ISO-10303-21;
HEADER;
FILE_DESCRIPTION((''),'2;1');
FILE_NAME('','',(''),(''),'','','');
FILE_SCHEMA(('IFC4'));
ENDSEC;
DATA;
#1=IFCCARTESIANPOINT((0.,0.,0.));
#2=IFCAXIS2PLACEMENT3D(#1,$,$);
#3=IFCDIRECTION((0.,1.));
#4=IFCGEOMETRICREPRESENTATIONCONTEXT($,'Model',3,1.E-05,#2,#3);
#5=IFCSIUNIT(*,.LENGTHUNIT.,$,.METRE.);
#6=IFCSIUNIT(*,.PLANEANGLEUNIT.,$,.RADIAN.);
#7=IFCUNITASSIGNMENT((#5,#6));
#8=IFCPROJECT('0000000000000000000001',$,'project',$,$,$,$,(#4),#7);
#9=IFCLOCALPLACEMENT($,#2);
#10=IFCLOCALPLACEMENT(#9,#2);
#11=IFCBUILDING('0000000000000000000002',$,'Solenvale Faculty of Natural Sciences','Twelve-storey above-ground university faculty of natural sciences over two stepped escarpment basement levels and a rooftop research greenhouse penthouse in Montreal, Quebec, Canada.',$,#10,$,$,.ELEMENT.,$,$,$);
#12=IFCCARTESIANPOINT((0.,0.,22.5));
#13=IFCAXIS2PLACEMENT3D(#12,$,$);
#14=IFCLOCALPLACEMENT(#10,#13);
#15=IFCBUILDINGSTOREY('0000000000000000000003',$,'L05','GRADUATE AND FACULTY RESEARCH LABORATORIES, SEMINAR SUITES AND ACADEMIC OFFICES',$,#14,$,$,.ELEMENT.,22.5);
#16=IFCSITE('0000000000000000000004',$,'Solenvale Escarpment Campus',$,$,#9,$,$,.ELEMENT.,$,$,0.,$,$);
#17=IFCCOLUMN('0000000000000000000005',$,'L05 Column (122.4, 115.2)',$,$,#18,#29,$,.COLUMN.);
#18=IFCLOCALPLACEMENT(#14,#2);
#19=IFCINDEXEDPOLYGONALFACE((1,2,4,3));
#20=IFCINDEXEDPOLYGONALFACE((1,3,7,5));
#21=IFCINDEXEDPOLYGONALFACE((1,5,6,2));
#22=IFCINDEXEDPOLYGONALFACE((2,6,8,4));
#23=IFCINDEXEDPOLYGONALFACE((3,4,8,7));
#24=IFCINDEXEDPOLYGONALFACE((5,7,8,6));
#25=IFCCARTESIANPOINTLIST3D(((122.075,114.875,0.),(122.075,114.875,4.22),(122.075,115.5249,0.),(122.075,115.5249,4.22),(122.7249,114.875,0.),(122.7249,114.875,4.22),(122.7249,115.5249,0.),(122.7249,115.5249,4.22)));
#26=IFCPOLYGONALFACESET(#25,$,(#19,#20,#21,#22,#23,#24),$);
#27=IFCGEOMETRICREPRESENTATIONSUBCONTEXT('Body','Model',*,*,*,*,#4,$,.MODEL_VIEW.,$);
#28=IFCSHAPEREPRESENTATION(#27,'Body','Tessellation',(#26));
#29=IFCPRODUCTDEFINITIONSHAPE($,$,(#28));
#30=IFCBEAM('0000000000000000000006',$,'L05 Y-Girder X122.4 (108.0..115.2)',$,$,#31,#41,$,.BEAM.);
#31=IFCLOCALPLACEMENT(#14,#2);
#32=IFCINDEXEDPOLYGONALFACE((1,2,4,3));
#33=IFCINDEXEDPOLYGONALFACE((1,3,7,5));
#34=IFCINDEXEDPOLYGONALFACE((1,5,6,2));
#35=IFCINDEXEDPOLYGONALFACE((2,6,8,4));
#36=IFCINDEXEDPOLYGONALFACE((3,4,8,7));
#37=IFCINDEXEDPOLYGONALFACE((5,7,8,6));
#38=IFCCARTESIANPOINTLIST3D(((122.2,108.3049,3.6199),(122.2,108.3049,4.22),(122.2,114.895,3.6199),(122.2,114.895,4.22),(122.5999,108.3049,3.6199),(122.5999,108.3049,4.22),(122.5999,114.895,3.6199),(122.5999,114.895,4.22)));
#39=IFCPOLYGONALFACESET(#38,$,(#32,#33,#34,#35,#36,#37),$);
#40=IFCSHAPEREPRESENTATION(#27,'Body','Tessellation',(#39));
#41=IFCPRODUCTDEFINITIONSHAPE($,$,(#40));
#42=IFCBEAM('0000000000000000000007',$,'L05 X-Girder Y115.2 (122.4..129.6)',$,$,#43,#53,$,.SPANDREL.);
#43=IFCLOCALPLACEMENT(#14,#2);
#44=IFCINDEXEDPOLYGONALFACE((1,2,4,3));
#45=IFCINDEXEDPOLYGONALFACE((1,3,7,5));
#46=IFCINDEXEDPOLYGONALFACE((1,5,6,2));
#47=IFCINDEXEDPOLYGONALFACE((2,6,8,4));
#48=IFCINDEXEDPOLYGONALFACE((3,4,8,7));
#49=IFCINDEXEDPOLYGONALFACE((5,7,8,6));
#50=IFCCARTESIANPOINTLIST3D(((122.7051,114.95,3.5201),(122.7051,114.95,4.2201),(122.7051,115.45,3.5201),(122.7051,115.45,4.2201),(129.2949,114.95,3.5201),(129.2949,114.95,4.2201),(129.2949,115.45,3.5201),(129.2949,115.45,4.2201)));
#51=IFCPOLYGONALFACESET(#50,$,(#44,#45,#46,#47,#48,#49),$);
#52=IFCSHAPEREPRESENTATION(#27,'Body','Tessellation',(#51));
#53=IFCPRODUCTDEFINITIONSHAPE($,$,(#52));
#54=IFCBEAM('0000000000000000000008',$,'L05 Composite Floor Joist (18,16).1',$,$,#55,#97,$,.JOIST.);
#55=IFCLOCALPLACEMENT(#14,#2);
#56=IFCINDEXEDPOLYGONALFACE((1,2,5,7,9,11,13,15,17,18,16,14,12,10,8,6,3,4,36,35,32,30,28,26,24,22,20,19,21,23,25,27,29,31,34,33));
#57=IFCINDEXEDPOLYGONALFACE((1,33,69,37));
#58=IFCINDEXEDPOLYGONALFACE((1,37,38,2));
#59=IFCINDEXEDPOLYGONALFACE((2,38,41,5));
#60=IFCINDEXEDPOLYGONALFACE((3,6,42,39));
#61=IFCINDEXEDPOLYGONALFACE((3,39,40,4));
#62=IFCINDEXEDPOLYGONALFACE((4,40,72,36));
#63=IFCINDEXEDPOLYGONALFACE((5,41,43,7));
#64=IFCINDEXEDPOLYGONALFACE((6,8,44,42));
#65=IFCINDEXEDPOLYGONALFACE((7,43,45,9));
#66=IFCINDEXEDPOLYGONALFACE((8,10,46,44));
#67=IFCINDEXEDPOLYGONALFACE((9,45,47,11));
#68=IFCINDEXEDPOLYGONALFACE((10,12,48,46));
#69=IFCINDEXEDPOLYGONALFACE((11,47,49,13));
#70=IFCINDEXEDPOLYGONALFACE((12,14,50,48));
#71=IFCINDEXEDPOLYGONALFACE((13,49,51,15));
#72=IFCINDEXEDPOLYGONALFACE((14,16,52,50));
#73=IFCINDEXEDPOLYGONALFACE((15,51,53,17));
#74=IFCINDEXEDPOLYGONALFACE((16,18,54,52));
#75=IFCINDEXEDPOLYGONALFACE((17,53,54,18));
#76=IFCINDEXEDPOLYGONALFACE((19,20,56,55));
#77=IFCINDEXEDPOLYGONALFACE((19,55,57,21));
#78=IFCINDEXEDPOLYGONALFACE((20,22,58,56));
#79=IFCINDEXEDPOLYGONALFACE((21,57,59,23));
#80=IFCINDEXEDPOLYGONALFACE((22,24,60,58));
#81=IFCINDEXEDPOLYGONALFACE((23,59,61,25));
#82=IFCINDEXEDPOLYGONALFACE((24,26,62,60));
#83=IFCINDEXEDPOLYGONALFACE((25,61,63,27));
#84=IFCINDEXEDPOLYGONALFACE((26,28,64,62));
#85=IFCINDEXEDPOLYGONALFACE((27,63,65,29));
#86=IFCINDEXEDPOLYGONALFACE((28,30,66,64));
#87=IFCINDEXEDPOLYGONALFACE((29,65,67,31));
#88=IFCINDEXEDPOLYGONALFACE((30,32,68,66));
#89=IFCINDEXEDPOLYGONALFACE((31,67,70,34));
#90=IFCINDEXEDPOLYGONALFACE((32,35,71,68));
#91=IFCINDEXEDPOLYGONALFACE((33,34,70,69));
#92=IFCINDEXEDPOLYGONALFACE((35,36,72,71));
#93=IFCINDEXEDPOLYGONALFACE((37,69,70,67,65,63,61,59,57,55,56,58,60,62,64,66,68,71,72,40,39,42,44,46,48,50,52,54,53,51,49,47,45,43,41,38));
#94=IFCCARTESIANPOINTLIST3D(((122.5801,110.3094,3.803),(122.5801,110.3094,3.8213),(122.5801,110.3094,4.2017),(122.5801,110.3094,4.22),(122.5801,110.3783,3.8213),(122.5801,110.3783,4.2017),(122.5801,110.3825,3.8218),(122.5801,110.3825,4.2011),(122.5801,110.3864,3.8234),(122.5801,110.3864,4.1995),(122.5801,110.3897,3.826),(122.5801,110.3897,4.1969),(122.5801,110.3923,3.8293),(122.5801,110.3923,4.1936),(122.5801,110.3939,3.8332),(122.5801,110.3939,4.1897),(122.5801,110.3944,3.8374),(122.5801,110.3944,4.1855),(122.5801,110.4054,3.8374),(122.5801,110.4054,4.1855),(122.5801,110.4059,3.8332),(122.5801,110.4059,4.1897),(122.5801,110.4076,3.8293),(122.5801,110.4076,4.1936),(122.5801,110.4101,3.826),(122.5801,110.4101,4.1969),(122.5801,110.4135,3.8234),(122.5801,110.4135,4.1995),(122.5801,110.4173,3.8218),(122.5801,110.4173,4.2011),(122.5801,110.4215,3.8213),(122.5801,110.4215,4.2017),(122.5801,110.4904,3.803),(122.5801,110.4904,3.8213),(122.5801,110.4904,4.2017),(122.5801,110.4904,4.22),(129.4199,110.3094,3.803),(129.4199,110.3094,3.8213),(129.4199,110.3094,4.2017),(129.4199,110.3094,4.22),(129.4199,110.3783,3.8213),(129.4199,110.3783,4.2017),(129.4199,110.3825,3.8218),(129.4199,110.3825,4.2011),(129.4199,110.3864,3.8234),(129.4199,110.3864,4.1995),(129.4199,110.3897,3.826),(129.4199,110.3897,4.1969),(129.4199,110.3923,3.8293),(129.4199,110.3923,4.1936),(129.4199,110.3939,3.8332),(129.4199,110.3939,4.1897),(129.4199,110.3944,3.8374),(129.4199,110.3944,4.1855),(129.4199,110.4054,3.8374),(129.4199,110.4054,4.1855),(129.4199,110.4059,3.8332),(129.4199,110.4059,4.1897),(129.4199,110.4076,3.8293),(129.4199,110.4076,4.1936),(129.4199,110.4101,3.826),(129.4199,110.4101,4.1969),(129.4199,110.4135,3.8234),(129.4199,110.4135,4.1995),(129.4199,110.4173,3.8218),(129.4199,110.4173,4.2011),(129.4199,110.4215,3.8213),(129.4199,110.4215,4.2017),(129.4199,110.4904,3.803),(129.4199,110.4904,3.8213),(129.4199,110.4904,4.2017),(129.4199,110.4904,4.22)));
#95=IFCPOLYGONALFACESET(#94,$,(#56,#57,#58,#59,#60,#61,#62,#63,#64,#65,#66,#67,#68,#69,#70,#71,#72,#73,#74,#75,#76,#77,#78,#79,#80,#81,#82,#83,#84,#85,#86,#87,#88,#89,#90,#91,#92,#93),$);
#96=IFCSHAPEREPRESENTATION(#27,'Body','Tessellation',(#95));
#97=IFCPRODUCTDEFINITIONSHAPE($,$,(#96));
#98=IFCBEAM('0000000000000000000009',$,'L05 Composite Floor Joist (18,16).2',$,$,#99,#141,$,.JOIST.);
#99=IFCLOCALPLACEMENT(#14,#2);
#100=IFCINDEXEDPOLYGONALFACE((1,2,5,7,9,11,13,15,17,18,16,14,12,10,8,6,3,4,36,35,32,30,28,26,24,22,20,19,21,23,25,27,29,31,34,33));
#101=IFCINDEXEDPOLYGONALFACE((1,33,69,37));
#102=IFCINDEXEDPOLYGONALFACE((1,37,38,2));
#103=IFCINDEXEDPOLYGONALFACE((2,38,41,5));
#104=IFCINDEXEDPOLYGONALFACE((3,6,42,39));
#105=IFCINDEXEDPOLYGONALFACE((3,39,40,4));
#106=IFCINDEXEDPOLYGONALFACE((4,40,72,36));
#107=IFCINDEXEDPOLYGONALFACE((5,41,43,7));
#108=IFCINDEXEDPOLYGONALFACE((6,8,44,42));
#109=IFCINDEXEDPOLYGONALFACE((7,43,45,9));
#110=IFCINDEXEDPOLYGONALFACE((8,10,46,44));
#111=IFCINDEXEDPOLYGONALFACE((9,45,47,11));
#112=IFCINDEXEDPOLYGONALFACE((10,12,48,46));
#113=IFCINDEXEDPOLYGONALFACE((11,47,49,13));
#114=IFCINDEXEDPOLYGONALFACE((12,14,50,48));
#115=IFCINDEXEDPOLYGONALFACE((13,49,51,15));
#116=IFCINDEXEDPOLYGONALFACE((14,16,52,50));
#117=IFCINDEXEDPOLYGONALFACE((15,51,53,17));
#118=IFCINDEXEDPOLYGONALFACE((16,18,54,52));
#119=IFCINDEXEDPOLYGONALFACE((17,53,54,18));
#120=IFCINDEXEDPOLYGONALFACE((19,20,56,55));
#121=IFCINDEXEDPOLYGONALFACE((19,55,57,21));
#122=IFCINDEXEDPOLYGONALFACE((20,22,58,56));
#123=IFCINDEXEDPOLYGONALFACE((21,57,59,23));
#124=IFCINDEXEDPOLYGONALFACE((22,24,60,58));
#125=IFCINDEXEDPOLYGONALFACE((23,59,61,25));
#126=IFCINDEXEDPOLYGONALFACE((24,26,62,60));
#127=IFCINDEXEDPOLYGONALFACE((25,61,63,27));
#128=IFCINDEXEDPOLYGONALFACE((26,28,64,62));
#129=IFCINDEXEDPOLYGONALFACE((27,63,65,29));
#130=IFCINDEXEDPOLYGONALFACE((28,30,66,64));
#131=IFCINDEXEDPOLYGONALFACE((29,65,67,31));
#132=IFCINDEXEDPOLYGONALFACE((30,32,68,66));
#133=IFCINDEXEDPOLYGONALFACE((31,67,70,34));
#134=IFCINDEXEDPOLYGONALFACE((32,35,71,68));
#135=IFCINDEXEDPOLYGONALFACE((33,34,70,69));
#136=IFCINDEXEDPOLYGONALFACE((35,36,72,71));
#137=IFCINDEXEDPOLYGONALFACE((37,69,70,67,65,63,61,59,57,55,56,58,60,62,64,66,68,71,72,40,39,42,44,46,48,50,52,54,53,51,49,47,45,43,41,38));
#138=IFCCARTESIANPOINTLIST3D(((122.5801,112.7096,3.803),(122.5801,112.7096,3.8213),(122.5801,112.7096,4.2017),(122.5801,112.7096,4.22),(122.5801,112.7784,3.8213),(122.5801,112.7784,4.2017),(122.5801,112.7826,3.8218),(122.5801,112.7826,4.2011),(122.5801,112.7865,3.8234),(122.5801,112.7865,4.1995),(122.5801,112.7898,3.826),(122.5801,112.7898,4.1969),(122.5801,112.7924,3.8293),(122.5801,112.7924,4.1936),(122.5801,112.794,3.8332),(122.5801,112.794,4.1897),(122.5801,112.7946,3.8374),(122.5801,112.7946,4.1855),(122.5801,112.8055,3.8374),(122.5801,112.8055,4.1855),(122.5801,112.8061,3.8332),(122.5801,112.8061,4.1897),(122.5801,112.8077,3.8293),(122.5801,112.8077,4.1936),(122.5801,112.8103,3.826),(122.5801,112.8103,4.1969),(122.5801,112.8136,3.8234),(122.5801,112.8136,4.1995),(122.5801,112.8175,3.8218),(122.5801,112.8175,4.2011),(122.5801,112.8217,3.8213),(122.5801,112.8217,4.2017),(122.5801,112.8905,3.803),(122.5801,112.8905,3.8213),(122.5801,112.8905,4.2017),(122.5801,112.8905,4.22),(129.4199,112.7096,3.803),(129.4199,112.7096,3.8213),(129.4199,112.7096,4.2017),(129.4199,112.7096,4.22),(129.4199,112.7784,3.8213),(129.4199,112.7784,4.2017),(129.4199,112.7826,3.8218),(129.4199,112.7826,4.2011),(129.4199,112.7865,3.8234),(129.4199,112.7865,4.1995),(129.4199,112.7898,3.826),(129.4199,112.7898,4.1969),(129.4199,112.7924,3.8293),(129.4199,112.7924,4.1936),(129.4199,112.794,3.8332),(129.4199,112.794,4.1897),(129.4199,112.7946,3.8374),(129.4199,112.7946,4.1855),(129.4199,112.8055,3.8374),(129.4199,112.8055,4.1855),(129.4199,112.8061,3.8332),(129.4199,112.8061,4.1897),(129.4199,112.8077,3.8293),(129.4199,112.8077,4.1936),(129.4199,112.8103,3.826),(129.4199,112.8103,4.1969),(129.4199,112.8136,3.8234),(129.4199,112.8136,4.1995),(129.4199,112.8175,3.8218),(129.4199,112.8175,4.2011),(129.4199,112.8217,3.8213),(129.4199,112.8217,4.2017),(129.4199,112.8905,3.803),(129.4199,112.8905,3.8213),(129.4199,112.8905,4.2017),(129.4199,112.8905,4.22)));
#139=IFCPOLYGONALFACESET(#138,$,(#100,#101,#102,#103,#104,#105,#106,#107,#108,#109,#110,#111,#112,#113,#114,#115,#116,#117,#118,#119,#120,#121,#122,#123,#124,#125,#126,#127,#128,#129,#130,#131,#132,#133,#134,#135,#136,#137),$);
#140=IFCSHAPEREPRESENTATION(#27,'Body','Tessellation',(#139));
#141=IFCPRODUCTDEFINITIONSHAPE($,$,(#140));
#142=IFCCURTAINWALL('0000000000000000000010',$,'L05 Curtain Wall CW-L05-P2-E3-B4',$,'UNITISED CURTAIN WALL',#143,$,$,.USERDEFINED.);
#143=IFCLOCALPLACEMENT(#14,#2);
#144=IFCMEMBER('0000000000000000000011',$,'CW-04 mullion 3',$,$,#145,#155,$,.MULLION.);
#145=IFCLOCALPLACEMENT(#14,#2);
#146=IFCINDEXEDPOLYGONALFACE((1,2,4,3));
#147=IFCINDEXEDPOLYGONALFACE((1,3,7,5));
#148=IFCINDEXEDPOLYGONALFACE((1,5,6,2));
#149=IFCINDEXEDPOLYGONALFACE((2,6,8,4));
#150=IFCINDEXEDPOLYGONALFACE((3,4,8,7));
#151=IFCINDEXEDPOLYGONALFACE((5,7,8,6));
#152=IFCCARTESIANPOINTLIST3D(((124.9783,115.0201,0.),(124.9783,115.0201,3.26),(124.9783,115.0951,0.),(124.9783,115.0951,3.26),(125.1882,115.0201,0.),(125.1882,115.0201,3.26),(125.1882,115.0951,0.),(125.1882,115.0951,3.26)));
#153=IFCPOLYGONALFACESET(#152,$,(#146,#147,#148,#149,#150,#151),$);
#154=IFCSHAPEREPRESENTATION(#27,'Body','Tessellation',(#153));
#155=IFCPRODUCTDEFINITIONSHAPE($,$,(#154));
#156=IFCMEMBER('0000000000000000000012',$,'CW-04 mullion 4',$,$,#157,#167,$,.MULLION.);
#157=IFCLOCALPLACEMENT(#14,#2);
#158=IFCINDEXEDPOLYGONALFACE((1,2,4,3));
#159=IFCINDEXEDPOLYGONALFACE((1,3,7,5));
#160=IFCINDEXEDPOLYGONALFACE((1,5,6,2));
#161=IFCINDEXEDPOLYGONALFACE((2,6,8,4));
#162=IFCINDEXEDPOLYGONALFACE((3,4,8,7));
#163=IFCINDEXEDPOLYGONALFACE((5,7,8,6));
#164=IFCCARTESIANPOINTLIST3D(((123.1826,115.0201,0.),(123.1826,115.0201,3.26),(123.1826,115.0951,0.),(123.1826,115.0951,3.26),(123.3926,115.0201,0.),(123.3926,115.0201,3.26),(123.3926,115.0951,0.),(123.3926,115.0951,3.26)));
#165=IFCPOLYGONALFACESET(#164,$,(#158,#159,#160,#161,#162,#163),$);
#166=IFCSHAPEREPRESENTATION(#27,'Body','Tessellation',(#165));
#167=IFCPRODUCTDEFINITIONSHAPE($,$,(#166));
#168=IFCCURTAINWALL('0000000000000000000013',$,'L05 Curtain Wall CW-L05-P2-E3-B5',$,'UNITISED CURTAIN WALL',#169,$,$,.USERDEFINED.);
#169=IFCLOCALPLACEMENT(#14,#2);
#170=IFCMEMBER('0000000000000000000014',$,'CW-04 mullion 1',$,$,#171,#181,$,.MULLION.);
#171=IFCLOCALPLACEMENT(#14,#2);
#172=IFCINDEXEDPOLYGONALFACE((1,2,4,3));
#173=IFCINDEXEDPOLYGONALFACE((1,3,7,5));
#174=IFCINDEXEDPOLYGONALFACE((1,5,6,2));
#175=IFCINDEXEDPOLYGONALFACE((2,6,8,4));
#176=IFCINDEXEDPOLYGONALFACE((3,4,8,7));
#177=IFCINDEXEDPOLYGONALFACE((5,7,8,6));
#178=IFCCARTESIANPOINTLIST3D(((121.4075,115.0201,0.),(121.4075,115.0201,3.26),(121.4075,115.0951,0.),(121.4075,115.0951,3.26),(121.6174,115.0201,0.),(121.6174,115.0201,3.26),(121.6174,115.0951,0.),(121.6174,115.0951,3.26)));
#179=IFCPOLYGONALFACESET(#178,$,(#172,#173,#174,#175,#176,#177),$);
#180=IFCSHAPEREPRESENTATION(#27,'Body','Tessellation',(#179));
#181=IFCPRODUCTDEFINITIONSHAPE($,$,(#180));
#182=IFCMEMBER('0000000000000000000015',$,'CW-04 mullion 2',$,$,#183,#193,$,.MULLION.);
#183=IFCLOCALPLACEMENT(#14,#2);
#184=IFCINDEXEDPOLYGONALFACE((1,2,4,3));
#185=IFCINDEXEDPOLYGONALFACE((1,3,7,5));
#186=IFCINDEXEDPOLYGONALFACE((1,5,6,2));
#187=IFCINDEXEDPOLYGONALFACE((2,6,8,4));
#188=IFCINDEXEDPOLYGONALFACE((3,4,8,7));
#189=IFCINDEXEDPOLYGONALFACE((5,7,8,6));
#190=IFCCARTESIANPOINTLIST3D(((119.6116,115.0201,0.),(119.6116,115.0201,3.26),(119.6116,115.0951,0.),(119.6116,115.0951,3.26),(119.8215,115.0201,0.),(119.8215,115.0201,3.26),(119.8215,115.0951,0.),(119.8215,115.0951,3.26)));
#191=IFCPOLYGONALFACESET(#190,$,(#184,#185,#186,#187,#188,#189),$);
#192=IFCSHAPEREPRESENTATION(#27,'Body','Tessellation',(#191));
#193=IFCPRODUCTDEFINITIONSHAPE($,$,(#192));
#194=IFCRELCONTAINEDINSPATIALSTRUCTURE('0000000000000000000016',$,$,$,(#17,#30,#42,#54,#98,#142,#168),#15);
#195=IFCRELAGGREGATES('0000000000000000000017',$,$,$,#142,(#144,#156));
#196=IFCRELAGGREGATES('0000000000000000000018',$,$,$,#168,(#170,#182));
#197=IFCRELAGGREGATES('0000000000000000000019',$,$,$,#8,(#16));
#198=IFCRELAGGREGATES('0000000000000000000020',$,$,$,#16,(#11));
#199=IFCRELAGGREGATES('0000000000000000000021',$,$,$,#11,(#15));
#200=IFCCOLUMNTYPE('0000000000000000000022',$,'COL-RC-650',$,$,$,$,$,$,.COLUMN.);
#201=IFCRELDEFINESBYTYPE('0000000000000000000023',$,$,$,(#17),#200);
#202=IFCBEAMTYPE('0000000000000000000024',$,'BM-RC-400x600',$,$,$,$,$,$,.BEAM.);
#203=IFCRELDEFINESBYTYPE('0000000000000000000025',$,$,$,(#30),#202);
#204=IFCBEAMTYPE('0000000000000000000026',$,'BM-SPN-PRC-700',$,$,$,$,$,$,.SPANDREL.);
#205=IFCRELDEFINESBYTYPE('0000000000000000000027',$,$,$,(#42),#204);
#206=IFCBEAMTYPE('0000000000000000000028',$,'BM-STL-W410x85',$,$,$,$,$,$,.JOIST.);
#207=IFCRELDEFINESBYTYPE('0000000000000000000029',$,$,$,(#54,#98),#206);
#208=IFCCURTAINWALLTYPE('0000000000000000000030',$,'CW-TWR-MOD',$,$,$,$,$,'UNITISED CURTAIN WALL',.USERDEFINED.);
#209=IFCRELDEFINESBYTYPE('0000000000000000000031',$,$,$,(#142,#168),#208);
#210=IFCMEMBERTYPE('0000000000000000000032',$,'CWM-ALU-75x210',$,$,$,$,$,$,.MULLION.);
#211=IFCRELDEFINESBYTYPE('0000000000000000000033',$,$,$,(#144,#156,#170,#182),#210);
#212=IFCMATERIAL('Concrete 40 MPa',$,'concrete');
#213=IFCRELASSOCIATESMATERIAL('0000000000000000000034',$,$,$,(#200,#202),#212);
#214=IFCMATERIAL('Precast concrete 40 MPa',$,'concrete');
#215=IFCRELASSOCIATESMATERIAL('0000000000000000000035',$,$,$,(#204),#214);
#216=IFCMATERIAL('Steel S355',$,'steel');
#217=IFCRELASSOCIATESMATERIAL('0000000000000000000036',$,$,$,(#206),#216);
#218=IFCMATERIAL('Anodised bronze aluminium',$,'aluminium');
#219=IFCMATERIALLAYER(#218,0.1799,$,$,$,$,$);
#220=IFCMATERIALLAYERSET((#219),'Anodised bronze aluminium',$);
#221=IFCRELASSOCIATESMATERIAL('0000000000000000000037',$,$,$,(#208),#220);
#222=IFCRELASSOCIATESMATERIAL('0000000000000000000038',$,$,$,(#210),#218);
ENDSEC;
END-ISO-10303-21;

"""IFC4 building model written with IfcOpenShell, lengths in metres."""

from ifc_helpers import new_model, si_unit, direction, frame, origin, origin_2d, place, context, subcontext, project, spatial, rectangle, i_section, extrude, material, layer, layer_set, material_profile, profile_set, type_object, element, aggregate, save


model = new_model("IFC4")

# Units and contexts
model_context = context("Model", 3, precision=1e-05, world=origin(), true_north=direction((0.0, 1.0)))
body_context = subcontext(model_context, "Body", "Model", "MODEL_VIEW")
ifc_project = project(units=[si_unit("LENGTHUNIT", "METRE"), si_unit("PLANEANGLEUNIT", "RADIAN")], contexts=[model_context])

# Site, building, storey
site_placement = place(None, origin())
site = spatial("IfcSite", under=ifc_project, at=site_placement, Name="Solenvale Escarpment Campus", CompositionType="ELEMENT", RefElevation=0.0)
building_placement = place(site_placement, origin())
building = spatial("IfcBuilding", under=site, at=building_placement, Name="Solenvale Faculty of Natural Sciences", Description="Twelve-storey above-ground university faculty of natural sciences over two stepped escarpment basement levels and a rooftop research greenhouse penthouse in Montreal, Quebec, Canada.", CompositionType="ELEMENT")
storey_placement = place(building_placement, frame((0.0, 0.0, 22.5)))
storey = spatial("IfcBuildingStorey", under=building, at=storey_placement, Name="L05", Description="GRADUATE AND FACULTY RESEARCH LABORATORIES, SEMINAR SUITES AND ACADEMIC OFFICES", CompositionType="ELEMENT", Elevation=22.5)

# Column
ifc_material_1 = material(Name="Concrete 40 MPa", Category="concrete")
ifc_material_profile_1 = material_profile(ifc_material_1, rectangle(XDim=0.6499, YDim=0.6499, at=origin_2d()), Name="RC-COL-650x650")
ifc_profile_set_1 = profile_set([ifc_material_profile_1], Name="Concrete 40 MPa")
column_type = type_object("IfcColumnType", Name="COL-RC-650", PredefinedType="COLUMN", material=ifc_profile_set_1)
column_placement = place(storey_placement, frame((122.3999, 115.2, 0.0), z_axis=(0.0, 0.0, 1.0), x_axis=(1.0, 0.0, 0.0)))
element("IfcColumn", 1, at=column_placement, inside=storey, type_object=column_type, Name="L05 Column (122.4, 115.2)", PredefinedType="COLUMN", context=body_context, shape_type="SweptSolid", body=[
    extrude(rectangle(XDim=0.6499, YDim=0.6499, at=origin_2d()), origin(), (0.0, 0.0, 1.0), 4.22),
])

# Beams
ifc_material_profile_2 = material_profile(ifc_material_1, rectangle(XDim=0.3999, YDim=0.6001, at=origin_2d()), Name="RC-BM-400x600")
ifc_profile_set_2 = profile_set([ifc_material_profile_2], Name="Concrete 40 MPa")
beam_type_1 = type_object("IfcBeamType", Name="BM-RC-400x600", PredefinedType="BEAM", material=ifc_profile_set_2)
beam_1_placement = place(storey_placement, frame((122.3999, 108.3049, 3.9199), z_axis=(0.0, 1.0, 0.0), x_axis=(-1.0, 0.0, 0.0)))
element("IfcBeam", 2, at=beam_1_placement, inside=storey, type_object=beam_type_1, Name="L05 Y-Girder X122.4 (108.0..115.2)", PredefinedType="BEAM", context=body_context, shape_type="SweptSolid", body=[
    extrude(rectangle(XDim=0.3999, YDim=0.6001, at=origin_2d()), origin(), (0.0, 0.0, 1.0), 6.5901),
])
ifc_material_2 = material(Name="Precast concrete 40 MPa", Category="concrete")
ifc_material_profile_3 = material_profile(ifc_material_2, rectangle(XDim=0.5, YDim=0.7, at=origin_2d()), Name="RC-BM-500x700")
ifc_profile_set_3 = profile_set([ifc_material_profile_3], Name="Precast concrete 40 MPa")
beam_type_2 = type_object("IfcBeamType", Name="BM-SPN-PRC-700", PredefinedType="SPANDREL", material=ifc_profile_set_3)
beam_2_placement = place(storey_placement, frame((122.7051, 115.2, 3.8701), z_axis=(1.0, 0.0, 0.0), x_axis=(0.0, 1.0, 0.0)))
element("IfcBeam", 3, at=beam_2_placement, inside=storey, type_object=beam_type_2, Name="L05 X-Girder Y115.2 (122.4..129.6)", PredefinedType="SPANDREL", context=body_context, shape_type="SweptSolid", body=[
    extrude(rectangle(XDim=0.5, YDim=0.7, at=origin_2d()), origin(), (0.0, 0.0, 1.0), 6.5898),
])
ifc_material_3 = material(Name="Steel S355", Category="steel")
ifc_material_profile_4 = material_profile(ifc_material_3, i_section(OverallWidth=0.1809, OverallDepth=0.417, WebThickness=0.011, FlangeThickness=0.0183, FilletRadius=0.0161, at=origin_2d()), Name="W410x85")
ifc_profile_set_4 = profile_set([ifc_material_profile_4], Name="Steel S355")
beam_type_3 = type_object("IfcBeamType", Name="BM-STL-W410x85", PredefinedType="JOIST", material=ifc_profile_set_4)
for number, where, z_axis, x_axis, name in (
    (4, (122.5801, 110.3999, 4.0115), (1.0, 0.0, 0.0), (0.0, 1.0, 0.0), "L05 Composite Floor Joist (18,16).1"),
    (5, (122.5801, 112.8, 4.0115), (1.0, 0.0, 0.0), (0.0, 1.0, 0.0), "L05 Composite Floor Joist (18,16).2"),
):
    element("IfcBeam", number, at=place(storey_placement, frame(where, z_axis=z_axis, x_axis=x_axis)), inside=storey, type_object=beam_type_3, Name=name, PredefinedType="JOIST", context=body_context, shape_type="SweptSolid", body=[
        extrude(i_section(OverallWidth=0.1809, OverallDepth=0.417, WebThickness=0.011, FlangeThickness=0.0183, FilletRadius=0.0161, at=origin_2d()), origin(), (0.0, 0.0, 1.0), 6.8398),
    ])

# Curtain walls, members
ifc_material_4 = material(Name="Anodised bronze aluminium", Category="aluminium")
ifc_layer_1 = layer(ifc_material_4, 0.1799)
ifc_layer_set_1 = layer_set([ifc_layer_1], Name="Anodised bronze aluminium")
curtain_wall_type = type_object("IfcCurtainWallType", Name="CW-TWR-MOD", ElementType="UNITISED CURTAIN WALL", PredefinedType="USERDEFINED", material=ifc_layer_set_1)
curtain_wall_1_placement = place(storey_placement, origin())
curtain_wall_1 = element("IfcCurtainWall", 6, at=curtain_wall_1_placement, inside=storey, type_object=curtain_wall_type, Name="L05 Curtain Wall CW-L05-P2-E3-B4", ObjectType="UNITISED CURTAIN WALL", PredefinedType="USERDEFINED")
ifc_material_profile_5 = material_profile(ifc_material_4, rectangle(XDim=0.075, YDim=0.21, at=origin_2d()), Name="ALU-MUL-75x210")
ifc_profile_set_5 = profile_set([ifc_material_profile_5], Name="Anodised bronze aluminium")
member_type_1 = type_object("IfcMemberType", Name="CWM-ALU-75x210", PredefinedType="MULLION", material=ifc_profile_set_5)
member_1_placement = place(storey_placement, frame((125.0833, 115.0576, 0.0), z_axis=(0.0, 0.0, 1.0), x_axis=(0.0, -1.0, 0.0)))
member_1 = element("IfcMember", 7, at=member_1_placement, type_object=member_type_1, Name="CW-04 mullion 3", PredefinedType="MULLION", context=body_context, shape_type="SweptSolid", body=[
    extrude(rectangle(XDim=0.075, YDim=0.21, at=origin_2d()), origin(), (0.0, 0.0, 1.0), 3.26),
])
member_2_placement = place(storey_placement, frame((123.2876, 115.0576, 0.0), z_axis=(0.0, 0.0, 1.0), x_axis=(0.0, -1.0, 0.0)))
member_2 = element("IfcMember", 8, at=member_2_placement, type_object=member_type_1, Name="CW-04 mullion 4", PredefinedType="MULLION", context=body_context, shape_type="SweptSolid", body=[
    extrude(rectangle(XDim=0.075, YDim=0.21, at=origin_2d()), origin(), (0.0, 0.0, 1.0), 3.26),
])
curtain_wall_2_placement = place(storey_placement, origin())
curtain_wall_2 = element("IfcCurtainWall", 9, at=curtain_wall_2_placement, inside=storey, type_object=curtain_wall_type, Name="L05 Curtain Wall CW-L05-P2-E3-B5", ObjectType="UNITISED CURTAIN WALL", PredefinedType="USERDEFINED")
member_3_placement = place(storey_placement, frame((121.5125, 115.0576, 0.0), z_axis=(0.0, 0.0, 1.0), x_axis=(0.0, -1.0, 0.0)))
member_3 = element("IfcMember", 10, at=member_3_placement, type_object=member_type_1, Name="CW-04 mullion 1", PredefinedType="MULLION", context=body_context, shape_type="SweptSolid", body=[
    extrude(rectangle(XDim=0.075, YDim=0.21, at=origin_2d()), origin(), (0.0, 0.0, 1.0), 3.26),
])
member_4_placement = place(storey_placement, frame((119.7166, 115.0576, 0.0), z_axis=(0.0, 0.0, 1.0), x_axis=(0.0, -1.0, 0.0)))
member_4 = element("IfcMember", 11, at=member_4_placement, type_object=member_type_1, Name="CW-04 mullion 2", PredefinedType="MULLION", context=body_context, shape_type="SweptSolid", body=[
    extrude(rectangle(XDim=0.075, YDim=0.21, at=origin_2d()), origin(), (0.0, 0.0, 1.0), 3.26),
])

aggregate(curtain_wall_1, [member_1, member_2])
aggregate(curtain_wall_2, [member_3, member_4])

save(model, "model.ifc")
